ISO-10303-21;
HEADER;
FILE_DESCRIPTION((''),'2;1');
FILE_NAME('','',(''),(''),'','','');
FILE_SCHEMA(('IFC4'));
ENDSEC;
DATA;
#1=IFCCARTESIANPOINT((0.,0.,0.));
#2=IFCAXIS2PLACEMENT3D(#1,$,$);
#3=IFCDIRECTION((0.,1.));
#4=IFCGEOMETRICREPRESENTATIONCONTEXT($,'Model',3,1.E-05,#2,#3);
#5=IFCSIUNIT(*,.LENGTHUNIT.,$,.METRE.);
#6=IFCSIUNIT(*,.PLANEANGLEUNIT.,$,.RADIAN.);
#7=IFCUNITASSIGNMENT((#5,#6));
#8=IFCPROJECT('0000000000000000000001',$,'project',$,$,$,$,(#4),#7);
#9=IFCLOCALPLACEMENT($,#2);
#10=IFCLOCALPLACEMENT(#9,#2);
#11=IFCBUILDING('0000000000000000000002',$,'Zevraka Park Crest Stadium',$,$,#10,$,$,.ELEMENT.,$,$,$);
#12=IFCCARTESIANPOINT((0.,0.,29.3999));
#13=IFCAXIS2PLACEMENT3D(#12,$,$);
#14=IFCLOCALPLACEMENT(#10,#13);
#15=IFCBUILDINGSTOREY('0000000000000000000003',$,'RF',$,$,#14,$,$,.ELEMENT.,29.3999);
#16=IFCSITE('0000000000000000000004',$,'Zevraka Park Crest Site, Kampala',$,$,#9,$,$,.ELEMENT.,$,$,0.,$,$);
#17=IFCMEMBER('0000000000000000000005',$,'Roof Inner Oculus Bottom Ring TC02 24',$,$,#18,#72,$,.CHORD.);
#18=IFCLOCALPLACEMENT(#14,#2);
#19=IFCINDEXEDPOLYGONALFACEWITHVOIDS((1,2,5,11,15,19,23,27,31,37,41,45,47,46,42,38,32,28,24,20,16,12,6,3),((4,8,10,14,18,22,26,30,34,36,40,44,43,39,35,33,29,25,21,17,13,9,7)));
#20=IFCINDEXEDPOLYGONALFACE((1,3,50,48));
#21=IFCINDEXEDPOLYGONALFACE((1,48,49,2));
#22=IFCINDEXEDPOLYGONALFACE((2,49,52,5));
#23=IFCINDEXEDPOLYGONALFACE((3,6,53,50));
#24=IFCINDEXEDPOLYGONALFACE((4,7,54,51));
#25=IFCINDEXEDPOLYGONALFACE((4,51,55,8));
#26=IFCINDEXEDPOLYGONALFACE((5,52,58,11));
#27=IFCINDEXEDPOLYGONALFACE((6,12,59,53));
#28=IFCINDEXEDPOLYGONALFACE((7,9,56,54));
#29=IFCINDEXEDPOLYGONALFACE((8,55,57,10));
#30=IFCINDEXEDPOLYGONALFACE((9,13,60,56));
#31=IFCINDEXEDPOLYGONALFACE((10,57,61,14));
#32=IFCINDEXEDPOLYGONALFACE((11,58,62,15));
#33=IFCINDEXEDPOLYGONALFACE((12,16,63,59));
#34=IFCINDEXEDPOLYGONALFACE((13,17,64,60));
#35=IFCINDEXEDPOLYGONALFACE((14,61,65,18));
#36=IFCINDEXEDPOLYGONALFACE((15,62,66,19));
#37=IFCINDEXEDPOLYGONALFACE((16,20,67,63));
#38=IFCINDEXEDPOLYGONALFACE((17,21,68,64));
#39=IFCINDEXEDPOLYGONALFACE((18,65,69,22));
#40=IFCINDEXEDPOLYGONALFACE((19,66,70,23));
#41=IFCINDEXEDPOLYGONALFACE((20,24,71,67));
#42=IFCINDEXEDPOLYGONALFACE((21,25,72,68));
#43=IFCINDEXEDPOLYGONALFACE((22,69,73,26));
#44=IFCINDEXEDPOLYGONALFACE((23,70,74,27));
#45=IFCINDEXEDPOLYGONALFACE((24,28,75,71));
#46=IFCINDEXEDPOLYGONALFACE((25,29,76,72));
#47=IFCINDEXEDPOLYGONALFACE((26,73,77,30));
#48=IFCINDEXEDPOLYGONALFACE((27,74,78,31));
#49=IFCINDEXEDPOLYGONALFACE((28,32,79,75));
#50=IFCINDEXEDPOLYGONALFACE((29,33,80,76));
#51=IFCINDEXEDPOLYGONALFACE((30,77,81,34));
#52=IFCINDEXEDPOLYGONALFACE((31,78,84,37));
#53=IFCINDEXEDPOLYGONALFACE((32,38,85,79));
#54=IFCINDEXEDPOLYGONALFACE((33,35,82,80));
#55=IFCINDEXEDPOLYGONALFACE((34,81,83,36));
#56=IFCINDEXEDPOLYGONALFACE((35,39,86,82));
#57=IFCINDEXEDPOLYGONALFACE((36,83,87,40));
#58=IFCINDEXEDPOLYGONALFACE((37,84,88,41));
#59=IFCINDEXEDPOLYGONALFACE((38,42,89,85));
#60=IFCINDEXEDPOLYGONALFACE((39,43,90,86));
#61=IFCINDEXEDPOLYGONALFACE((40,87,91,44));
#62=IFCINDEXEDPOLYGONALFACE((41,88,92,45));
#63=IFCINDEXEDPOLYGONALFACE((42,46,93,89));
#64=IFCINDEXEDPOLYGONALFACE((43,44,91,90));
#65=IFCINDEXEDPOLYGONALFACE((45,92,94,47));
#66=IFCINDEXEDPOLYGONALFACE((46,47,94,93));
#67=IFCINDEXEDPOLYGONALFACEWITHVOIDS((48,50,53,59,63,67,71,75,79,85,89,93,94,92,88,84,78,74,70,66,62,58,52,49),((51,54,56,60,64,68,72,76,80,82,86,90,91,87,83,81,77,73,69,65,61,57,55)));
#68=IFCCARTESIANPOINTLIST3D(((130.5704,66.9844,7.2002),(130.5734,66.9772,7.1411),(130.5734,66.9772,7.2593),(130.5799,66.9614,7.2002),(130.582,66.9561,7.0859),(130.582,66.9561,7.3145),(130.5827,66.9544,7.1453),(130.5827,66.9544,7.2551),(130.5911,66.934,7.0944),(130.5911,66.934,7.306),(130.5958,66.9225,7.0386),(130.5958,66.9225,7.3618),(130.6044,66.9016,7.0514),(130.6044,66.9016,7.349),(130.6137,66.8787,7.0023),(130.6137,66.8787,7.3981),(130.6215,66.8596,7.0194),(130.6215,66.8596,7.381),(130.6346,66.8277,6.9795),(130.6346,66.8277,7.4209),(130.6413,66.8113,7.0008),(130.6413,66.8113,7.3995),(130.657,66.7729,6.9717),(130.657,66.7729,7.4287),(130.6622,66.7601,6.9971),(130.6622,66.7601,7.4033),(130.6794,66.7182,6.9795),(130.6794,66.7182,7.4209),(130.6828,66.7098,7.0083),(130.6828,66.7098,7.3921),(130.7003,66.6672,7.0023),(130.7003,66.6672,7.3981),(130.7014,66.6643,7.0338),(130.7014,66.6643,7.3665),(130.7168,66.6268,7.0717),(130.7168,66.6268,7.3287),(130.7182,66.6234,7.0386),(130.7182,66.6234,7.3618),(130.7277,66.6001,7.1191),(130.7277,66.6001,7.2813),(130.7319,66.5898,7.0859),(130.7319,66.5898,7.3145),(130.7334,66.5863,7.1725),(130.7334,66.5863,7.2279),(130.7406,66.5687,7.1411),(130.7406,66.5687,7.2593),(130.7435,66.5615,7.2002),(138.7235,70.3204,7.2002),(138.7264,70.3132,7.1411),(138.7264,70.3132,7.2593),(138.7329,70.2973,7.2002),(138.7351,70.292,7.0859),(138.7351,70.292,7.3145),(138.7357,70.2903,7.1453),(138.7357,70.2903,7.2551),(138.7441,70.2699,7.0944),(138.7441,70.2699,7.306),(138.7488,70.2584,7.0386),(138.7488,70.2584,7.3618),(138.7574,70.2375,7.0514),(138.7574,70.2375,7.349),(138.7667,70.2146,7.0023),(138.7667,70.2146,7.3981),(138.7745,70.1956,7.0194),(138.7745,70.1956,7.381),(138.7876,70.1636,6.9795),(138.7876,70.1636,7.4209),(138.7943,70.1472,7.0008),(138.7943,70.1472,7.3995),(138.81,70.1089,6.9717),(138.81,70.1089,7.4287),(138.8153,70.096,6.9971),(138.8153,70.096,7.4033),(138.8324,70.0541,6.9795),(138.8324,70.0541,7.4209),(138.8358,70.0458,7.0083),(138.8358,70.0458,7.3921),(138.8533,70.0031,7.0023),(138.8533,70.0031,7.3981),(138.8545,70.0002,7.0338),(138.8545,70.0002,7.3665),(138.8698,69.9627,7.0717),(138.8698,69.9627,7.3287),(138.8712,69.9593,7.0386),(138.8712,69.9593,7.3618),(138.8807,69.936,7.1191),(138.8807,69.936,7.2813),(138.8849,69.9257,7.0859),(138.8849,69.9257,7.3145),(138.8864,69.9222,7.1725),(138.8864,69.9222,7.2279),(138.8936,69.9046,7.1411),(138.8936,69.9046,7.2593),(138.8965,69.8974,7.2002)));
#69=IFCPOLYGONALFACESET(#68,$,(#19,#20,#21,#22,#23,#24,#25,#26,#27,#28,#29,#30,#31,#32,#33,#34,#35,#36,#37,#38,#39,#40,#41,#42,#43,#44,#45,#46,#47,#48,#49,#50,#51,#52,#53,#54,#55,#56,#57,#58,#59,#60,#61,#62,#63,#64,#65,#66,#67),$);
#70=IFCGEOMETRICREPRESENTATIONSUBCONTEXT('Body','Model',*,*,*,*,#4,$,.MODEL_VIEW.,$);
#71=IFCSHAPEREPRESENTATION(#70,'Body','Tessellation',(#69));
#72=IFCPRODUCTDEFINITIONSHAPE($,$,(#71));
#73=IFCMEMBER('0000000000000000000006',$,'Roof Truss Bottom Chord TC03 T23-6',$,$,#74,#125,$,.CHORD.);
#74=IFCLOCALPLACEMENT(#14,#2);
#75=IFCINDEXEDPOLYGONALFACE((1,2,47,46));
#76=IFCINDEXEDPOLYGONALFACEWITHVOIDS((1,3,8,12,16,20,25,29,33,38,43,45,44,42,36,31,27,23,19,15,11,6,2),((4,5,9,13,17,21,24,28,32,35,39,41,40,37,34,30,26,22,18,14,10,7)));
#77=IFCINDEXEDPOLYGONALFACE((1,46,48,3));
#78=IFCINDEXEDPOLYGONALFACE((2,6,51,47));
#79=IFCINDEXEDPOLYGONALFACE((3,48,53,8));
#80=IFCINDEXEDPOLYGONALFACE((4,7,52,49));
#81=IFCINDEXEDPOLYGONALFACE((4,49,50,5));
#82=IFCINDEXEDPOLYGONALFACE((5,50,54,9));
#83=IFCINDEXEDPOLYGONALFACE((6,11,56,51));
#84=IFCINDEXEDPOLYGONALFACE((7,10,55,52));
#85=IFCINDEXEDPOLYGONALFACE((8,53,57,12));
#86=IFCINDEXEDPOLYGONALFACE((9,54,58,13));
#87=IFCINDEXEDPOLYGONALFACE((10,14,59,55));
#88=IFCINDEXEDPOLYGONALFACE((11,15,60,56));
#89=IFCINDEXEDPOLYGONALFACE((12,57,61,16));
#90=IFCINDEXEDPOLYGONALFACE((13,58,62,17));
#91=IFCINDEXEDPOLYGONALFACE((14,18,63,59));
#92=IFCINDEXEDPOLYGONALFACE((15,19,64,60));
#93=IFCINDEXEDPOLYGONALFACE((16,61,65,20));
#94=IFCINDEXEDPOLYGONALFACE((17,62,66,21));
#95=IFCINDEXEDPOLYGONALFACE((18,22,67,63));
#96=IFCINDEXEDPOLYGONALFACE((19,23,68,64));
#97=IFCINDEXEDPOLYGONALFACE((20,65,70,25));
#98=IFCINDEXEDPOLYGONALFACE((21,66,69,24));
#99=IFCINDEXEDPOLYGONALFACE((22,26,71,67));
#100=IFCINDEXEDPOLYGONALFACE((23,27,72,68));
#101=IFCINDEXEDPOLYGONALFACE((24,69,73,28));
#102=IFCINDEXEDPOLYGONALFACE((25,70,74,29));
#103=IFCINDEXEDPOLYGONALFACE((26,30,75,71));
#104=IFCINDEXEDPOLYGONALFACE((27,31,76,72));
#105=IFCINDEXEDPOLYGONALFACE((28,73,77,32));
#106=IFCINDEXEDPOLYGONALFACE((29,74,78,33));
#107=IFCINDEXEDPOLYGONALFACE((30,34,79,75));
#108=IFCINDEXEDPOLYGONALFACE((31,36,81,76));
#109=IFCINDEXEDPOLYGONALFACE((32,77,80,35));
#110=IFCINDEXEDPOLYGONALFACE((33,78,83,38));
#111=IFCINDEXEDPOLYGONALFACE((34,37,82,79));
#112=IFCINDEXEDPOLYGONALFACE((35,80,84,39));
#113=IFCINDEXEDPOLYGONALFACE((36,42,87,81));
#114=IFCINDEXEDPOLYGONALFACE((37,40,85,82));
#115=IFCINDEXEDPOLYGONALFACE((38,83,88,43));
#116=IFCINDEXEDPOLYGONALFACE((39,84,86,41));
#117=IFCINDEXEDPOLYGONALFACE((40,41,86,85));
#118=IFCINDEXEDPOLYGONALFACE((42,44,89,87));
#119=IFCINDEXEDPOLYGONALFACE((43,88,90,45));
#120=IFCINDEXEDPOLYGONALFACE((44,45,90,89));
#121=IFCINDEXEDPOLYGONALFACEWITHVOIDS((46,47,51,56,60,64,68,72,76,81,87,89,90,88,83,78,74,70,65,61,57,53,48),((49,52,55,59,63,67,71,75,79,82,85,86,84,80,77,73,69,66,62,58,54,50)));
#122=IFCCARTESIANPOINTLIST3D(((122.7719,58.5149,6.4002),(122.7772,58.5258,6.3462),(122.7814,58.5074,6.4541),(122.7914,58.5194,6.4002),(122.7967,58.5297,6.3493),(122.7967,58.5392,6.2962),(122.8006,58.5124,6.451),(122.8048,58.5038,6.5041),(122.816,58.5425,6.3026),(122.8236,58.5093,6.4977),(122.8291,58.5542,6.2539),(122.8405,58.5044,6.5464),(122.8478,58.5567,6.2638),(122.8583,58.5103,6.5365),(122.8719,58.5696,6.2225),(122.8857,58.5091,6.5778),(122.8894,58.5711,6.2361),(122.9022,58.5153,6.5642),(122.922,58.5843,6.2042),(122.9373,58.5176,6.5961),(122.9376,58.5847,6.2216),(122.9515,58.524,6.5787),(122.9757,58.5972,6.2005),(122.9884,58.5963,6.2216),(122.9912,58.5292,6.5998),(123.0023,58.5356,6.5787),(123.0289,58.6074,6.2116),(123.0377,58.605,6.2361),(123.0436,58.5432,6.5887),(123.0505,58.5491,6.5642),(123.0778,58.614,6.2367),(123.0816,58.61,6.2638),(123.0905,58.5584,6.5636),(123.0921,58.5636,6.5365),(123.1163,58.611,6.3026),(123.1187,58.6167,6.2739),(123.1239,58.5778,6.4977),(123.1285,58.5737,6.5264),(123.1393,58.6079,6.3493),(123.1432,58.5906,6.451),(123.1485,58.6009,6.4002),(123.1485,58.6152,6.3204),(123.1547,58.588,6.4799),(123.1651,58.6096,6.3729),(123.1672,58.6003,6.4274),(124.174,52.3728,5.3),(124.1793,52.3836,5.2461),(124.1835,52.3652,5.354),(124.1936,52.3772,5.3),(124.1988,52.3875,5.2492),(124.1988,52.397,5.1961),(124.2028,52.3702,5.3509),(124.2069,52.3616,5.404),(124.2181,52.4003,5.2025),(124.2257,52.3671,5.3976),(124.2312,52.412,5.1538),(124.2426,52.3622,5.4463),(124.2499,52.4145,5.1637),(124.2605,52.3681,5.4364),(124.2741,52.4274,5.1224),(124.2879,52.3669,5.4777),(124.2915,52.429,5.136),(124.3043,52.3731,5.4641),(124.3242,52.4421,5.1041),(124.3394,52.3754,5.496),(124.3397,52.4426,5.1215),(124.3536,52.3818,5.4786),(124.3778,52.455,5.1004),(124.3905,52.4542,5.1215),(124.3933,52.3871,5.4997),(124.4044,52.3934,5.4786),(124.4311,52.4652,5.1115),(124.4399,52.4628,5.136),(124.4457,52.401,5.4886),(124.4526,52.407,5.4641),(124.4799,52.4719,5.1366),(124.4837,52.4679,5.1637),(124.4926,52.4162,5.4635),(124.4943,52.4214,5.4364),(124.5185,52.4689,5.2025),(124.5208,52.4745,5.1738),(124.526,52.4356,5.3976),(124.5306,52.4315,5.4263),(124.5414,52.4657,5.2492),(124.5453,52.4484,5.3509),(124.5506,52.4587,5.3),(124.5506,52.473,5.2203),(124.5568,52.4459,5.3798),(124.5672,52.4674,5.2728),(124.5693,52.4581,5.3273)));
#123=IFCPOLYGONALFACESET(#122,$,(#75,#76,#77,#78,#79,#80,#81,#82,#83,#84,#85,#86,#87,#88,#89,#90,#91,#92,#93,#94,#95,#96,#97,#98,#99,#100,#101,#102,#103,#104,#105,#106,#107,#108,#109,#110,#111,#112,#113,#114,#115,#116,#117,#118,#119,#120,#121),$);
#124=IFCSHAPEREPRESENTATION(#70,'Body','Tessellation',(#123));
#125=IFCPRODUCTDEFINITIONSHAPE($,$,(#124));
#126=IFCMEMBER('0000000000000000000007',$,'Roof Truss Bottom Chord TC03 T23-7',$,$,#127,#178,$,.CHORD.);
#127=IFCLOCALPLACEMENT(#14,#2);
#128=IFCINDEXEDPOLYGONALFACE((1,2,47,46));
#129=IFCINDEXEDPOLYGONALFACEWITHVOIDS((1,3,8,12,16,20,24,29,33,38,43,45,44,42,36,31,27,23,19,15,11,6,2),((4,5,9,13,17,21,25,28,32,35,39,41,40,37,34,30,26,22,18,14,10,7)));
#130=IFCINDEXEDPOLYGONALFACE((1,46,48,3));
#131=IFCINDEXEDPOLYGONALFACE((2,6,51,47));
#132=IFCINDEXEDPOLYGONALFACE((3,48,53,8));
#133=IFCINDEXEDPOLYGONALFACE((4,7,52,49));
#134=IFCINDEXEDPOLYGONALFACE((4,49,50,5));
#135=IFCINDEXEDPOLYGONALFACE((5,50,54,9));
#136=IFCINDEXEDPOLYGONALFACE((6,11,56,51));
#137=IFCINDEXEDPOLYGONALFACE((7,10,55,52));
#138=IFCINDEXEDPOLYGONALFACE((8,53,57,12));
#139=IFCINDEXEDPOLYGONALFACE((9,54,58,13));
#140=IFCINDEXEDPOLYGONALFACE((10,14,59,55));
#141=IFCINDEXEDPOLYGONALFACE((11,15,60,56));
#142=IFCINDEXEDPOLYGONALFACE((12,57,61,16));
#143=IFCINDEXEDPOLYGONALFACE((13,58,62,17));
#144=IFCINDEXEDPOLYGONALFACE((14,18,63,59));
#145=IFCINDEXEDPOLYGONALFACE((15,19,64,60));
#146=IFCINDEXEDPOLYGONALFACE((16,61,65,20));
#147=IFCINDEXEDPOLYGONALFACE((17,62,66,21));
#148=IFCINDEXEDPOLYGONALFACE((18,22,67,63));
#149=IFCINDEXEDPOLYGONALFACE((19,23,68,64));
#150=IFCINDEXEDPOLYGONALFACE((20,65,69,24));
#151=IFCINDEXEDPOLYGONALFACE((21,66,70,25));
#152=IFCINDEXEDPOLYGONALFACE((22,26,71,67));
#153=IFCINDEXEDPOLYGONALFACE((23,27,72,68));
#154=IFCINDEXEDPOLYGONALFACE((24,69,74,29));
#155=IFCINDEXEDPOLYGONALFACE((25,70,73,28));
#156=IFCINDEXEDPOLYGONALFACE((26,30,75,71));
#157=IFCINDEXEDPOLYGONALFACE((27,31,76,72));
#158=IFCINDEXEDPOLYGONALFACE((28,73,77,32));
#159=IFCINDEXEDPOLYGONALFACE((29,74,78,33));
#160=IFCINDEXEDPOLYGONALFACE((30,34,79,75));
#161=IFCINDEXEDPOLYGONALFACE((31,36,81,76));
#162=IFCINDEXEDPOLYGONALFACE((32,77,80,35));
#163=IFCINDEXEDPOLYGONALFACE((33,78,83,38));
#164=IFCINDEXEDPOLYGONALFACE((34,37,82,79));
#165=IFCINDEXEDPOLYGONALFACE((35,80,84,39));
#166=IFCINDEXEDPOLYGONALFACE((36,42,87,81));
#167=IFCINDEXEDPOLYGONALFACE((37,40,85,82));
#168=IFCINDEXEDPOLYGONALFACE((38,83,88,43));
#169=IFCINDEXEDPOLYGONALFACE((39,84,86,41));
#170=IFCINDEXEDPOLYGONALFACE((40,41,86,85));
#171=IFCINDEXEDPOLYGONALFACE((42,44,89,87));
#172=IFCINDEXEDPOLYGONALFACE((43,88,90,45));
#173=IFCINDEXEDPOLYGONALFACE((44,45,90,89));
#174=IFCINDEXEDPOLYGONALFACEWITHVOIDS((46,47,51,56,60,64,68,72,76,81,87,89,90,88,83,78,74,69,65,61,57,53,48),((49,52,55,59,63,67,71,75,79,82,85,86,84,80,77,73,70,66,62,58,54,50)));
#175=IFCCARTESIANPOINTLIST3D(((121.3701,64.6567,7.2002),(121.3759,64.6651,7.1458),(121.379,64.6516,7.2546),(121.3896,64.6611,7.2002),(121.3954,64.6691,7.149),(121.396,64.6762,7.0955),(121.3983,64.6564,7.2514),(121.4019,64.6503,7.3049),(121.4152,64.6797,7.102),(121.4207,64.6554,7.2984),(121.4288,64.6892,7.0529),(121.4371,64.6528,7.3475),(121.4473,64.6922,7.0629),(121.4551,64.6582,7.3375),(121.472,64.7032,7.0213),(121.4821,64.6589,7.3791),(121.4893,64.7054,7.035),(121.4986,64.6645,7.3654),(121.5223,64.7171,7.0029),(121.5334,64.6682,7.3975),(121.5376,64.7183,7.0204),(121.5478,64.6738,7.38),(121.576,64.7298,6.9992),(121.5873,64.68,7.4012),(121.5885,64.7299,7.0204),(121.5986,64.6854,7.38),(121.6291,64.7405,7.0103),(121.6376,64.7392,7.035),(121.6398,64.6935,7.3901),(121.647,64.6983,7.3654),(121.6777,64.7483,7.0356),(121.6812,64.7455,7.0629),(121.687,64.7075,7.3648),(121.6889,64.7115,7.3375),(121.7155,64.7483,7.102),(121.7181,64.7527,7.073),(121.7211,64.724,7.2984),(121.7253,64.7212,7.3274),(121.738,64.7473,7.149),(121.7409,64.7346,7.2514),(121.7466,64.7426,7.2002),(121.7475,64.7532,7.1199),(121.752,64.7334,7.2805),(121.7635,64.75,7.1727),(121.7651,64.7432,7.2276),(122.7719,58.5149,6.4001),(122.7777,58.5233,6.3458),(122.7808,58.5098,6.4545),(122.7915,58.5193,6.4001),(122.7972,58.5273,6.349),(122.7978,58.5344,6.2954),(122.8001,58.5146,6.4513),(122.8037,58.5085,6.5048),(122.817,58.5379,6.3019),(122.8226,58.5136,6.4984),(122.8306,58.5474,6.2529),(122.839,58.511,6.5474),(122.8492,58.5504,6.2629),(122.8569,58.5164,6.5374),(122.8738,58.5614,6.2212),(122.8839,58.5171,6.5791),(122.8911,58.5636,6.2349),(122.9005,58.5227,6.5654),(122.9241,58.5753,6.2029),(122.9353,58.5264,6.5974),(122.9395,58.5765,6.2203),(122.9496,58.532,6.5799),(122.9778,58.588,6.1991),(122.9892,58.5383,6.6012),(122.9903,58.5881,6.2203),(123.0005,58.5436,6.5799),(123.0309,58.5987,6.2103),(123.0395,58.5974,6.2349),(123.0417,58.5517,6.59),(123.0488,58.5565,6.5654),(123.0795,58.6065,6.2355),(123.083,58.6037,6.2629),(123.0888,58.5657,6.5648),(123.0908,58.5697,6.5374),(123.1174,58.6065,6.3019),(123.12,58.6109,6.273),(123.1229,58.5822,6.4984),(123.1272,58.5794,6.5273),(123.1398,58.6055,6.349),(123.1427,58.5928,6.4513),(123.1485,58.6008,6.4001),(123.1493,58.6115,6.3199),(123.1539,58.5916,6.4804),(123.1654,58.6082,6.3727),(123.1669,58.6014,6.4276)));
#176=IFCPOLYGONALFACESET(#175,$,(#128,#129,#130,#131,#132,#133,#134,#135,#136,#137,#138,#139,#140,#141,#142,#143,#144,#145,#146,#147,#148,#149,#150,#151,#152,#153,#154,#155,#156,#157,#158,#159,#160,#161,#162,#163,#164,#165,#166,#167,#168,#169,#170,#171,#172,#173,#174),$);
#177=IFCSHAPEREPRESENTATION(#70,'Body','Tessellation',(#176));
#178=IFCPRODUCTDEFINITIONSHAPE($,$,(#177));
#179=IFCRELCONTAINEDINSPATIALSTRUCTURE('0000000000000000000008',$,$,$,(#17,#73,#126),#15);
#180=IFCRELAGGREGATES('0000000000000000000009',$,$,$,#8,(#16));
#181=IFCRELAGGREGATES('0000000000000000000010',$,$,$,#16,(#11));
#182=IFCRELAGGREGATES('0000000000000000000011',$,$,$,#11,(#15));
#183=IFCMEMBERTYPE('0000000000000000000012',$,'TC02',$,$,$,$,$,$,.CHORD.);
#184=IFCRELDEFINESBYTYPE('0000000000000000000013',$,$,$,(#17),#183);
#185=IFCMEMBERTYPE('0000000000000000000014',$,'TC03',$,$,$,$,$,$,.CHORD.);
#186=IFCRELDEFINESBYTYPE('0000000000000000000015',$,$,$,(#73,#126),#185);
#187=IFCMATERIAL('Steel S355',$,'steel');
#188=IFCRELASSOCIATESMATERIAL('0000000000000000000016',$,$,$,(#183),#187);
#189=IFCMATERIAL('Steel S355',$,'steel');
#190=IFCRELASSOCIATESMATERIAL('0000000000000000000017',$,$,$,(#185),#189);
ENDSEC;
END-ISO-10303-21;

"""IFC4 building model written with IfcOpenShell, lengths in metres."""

from ifc_helpers import new_model, si_unit, direction, frame, origin, origin_2d, place, context, subcontext, project, spatial, hollow_circle, extrude, material, material_profile, profile_set, type_object, element, save


model = new_model("IFC4")

# Units and contexts
model_context = context("Model", 3, precision=1e-05, world=origin(), true_north=direction((0.0, 1.0)))
body_context = subcontext(model_context, "Body", "Model", "MODEL_VIEW")
ifc_project = project(units=[si_unit("LENGTHUNIT", "METRE"), si_unit("PLANEANGLEUNIT", "RADIAN")], contexts=[model_context])

# Site, building, storey
site_placement = place(None, origin())
site = spatial("IfcSite", under=ifc_project, at=site_placement, Name="Zevraka Park Crest Site, Kampala", CompositionType="ELEMENT", RefElevation=0.0)
building_placement = place(site_placement, origin())
building = spatial("IfcBuilding", under=site, at=building_placement, Name="Zevraka Park Crest Stadium", CompositionType="ELEMENT")
storey_placement = place(building_placement, frame((0.0, 0.0, 29.3999)))
storey = spatial("IfcBuildingStorey", under=building, at=storey_placement, Name="RF", CompositionType="ELEMENT", Elevation=29.3999)

# Members
ifc_material_1 = material(Name="Steel S355", Category="steel")
ifc_material_profile_1 = material_profile(ifc_material_1, hollow_circle(Radius=0.2285, WallThickness=0.0249, at=origin_2d()), Name="CHS 457.0x25")
ifc_profile_set_1 = profile_set([ifc_material_profile_1], Name="Steel S355")
member_type_1 = type_object("IfcMemberType", Name="TC02", PredefinedType="CHORD", material=ifc_profile_set_1)
member_1_placement = place(storey_placement, frame((130.657, 66.7729, 7.2002), z_axis=(0.925524, 0.37869, 0.0), x_axis=(-0.37869, 0.925524, 0.0)))
element("IfcMember", 1, at=member_1_placement, inside=storey, type_object=member_type_1, Name="Roof Inner Oculus Bottom Ring TC02 24", PredefinedType="CHORD", context=body_context, shape_type="SweptSolid", body=[
    extrude(hollow_circle(Radius=0.2285, WallThickness=0.0249, at=origin_2d()), origin(), (0.0, 0.0, 1.0), 8.8091),
])
ifc_material_2 = material(Name="Steel S355", Category="steel")
ifc_material_profile_2 = material_profile(ifc_material_2, hollow_circle(Radius=0.2031, WallThickness=0.02, at=origin_2d()), Name="CHS 406.4x20")
ifc_profile_set_2 = profile_set([ifc_material_profile_2], Name="Steel S355")
member_type_2 = type_object("IfcMemberType", Name="TC03", PredefinedType="CHORD", material=ifc_profile_set_2)
member_2_placement = place(storey_placement, frame((124.3721, 52.418, 5.3), z_axis=(-0.219235, 0.960389, 0.172013), x_axis=(-0.974921, -0.222552, 0.0)))
element("IfcMember", 2, at=member_2_placement, inside=storey, type_object=member_type_2, Name="Roof Truss Bottom Chord TC03 T23-6", PredefinedType="CHORD", context=body_context, shape_type="SweptSolid", body=[
    extrude(hollow_circle(Radius=0.2031, WallThickness=0.02, at=origin_2d()), origin(), (0.0, 0.0, 1.0), 6.3955),
])
member_3_placement = place(storey_placement, frame((122.97, 58.5601, 6.4001), z_axis=(-0.220751, 0.967159, 0.125984), x_axis=(-0.974927, -0.222524, 0.0)))
element("IfcMember", 3, at=member_3_placement, inside=storey, type_object=member_type_2, Name="Roof Truss Bottom Chord TC03 T23-7", PredefinedType="CHORD", context=body_context, shape_type="SweptSolid", body=[
    extrude(hollow_circle(Radius=0.2031, WallThickness=0.02, at=origin_2d()), origin(), (0.0, 0.0, 1.0), 6.3503),
])

save(model, "model.ifc")
